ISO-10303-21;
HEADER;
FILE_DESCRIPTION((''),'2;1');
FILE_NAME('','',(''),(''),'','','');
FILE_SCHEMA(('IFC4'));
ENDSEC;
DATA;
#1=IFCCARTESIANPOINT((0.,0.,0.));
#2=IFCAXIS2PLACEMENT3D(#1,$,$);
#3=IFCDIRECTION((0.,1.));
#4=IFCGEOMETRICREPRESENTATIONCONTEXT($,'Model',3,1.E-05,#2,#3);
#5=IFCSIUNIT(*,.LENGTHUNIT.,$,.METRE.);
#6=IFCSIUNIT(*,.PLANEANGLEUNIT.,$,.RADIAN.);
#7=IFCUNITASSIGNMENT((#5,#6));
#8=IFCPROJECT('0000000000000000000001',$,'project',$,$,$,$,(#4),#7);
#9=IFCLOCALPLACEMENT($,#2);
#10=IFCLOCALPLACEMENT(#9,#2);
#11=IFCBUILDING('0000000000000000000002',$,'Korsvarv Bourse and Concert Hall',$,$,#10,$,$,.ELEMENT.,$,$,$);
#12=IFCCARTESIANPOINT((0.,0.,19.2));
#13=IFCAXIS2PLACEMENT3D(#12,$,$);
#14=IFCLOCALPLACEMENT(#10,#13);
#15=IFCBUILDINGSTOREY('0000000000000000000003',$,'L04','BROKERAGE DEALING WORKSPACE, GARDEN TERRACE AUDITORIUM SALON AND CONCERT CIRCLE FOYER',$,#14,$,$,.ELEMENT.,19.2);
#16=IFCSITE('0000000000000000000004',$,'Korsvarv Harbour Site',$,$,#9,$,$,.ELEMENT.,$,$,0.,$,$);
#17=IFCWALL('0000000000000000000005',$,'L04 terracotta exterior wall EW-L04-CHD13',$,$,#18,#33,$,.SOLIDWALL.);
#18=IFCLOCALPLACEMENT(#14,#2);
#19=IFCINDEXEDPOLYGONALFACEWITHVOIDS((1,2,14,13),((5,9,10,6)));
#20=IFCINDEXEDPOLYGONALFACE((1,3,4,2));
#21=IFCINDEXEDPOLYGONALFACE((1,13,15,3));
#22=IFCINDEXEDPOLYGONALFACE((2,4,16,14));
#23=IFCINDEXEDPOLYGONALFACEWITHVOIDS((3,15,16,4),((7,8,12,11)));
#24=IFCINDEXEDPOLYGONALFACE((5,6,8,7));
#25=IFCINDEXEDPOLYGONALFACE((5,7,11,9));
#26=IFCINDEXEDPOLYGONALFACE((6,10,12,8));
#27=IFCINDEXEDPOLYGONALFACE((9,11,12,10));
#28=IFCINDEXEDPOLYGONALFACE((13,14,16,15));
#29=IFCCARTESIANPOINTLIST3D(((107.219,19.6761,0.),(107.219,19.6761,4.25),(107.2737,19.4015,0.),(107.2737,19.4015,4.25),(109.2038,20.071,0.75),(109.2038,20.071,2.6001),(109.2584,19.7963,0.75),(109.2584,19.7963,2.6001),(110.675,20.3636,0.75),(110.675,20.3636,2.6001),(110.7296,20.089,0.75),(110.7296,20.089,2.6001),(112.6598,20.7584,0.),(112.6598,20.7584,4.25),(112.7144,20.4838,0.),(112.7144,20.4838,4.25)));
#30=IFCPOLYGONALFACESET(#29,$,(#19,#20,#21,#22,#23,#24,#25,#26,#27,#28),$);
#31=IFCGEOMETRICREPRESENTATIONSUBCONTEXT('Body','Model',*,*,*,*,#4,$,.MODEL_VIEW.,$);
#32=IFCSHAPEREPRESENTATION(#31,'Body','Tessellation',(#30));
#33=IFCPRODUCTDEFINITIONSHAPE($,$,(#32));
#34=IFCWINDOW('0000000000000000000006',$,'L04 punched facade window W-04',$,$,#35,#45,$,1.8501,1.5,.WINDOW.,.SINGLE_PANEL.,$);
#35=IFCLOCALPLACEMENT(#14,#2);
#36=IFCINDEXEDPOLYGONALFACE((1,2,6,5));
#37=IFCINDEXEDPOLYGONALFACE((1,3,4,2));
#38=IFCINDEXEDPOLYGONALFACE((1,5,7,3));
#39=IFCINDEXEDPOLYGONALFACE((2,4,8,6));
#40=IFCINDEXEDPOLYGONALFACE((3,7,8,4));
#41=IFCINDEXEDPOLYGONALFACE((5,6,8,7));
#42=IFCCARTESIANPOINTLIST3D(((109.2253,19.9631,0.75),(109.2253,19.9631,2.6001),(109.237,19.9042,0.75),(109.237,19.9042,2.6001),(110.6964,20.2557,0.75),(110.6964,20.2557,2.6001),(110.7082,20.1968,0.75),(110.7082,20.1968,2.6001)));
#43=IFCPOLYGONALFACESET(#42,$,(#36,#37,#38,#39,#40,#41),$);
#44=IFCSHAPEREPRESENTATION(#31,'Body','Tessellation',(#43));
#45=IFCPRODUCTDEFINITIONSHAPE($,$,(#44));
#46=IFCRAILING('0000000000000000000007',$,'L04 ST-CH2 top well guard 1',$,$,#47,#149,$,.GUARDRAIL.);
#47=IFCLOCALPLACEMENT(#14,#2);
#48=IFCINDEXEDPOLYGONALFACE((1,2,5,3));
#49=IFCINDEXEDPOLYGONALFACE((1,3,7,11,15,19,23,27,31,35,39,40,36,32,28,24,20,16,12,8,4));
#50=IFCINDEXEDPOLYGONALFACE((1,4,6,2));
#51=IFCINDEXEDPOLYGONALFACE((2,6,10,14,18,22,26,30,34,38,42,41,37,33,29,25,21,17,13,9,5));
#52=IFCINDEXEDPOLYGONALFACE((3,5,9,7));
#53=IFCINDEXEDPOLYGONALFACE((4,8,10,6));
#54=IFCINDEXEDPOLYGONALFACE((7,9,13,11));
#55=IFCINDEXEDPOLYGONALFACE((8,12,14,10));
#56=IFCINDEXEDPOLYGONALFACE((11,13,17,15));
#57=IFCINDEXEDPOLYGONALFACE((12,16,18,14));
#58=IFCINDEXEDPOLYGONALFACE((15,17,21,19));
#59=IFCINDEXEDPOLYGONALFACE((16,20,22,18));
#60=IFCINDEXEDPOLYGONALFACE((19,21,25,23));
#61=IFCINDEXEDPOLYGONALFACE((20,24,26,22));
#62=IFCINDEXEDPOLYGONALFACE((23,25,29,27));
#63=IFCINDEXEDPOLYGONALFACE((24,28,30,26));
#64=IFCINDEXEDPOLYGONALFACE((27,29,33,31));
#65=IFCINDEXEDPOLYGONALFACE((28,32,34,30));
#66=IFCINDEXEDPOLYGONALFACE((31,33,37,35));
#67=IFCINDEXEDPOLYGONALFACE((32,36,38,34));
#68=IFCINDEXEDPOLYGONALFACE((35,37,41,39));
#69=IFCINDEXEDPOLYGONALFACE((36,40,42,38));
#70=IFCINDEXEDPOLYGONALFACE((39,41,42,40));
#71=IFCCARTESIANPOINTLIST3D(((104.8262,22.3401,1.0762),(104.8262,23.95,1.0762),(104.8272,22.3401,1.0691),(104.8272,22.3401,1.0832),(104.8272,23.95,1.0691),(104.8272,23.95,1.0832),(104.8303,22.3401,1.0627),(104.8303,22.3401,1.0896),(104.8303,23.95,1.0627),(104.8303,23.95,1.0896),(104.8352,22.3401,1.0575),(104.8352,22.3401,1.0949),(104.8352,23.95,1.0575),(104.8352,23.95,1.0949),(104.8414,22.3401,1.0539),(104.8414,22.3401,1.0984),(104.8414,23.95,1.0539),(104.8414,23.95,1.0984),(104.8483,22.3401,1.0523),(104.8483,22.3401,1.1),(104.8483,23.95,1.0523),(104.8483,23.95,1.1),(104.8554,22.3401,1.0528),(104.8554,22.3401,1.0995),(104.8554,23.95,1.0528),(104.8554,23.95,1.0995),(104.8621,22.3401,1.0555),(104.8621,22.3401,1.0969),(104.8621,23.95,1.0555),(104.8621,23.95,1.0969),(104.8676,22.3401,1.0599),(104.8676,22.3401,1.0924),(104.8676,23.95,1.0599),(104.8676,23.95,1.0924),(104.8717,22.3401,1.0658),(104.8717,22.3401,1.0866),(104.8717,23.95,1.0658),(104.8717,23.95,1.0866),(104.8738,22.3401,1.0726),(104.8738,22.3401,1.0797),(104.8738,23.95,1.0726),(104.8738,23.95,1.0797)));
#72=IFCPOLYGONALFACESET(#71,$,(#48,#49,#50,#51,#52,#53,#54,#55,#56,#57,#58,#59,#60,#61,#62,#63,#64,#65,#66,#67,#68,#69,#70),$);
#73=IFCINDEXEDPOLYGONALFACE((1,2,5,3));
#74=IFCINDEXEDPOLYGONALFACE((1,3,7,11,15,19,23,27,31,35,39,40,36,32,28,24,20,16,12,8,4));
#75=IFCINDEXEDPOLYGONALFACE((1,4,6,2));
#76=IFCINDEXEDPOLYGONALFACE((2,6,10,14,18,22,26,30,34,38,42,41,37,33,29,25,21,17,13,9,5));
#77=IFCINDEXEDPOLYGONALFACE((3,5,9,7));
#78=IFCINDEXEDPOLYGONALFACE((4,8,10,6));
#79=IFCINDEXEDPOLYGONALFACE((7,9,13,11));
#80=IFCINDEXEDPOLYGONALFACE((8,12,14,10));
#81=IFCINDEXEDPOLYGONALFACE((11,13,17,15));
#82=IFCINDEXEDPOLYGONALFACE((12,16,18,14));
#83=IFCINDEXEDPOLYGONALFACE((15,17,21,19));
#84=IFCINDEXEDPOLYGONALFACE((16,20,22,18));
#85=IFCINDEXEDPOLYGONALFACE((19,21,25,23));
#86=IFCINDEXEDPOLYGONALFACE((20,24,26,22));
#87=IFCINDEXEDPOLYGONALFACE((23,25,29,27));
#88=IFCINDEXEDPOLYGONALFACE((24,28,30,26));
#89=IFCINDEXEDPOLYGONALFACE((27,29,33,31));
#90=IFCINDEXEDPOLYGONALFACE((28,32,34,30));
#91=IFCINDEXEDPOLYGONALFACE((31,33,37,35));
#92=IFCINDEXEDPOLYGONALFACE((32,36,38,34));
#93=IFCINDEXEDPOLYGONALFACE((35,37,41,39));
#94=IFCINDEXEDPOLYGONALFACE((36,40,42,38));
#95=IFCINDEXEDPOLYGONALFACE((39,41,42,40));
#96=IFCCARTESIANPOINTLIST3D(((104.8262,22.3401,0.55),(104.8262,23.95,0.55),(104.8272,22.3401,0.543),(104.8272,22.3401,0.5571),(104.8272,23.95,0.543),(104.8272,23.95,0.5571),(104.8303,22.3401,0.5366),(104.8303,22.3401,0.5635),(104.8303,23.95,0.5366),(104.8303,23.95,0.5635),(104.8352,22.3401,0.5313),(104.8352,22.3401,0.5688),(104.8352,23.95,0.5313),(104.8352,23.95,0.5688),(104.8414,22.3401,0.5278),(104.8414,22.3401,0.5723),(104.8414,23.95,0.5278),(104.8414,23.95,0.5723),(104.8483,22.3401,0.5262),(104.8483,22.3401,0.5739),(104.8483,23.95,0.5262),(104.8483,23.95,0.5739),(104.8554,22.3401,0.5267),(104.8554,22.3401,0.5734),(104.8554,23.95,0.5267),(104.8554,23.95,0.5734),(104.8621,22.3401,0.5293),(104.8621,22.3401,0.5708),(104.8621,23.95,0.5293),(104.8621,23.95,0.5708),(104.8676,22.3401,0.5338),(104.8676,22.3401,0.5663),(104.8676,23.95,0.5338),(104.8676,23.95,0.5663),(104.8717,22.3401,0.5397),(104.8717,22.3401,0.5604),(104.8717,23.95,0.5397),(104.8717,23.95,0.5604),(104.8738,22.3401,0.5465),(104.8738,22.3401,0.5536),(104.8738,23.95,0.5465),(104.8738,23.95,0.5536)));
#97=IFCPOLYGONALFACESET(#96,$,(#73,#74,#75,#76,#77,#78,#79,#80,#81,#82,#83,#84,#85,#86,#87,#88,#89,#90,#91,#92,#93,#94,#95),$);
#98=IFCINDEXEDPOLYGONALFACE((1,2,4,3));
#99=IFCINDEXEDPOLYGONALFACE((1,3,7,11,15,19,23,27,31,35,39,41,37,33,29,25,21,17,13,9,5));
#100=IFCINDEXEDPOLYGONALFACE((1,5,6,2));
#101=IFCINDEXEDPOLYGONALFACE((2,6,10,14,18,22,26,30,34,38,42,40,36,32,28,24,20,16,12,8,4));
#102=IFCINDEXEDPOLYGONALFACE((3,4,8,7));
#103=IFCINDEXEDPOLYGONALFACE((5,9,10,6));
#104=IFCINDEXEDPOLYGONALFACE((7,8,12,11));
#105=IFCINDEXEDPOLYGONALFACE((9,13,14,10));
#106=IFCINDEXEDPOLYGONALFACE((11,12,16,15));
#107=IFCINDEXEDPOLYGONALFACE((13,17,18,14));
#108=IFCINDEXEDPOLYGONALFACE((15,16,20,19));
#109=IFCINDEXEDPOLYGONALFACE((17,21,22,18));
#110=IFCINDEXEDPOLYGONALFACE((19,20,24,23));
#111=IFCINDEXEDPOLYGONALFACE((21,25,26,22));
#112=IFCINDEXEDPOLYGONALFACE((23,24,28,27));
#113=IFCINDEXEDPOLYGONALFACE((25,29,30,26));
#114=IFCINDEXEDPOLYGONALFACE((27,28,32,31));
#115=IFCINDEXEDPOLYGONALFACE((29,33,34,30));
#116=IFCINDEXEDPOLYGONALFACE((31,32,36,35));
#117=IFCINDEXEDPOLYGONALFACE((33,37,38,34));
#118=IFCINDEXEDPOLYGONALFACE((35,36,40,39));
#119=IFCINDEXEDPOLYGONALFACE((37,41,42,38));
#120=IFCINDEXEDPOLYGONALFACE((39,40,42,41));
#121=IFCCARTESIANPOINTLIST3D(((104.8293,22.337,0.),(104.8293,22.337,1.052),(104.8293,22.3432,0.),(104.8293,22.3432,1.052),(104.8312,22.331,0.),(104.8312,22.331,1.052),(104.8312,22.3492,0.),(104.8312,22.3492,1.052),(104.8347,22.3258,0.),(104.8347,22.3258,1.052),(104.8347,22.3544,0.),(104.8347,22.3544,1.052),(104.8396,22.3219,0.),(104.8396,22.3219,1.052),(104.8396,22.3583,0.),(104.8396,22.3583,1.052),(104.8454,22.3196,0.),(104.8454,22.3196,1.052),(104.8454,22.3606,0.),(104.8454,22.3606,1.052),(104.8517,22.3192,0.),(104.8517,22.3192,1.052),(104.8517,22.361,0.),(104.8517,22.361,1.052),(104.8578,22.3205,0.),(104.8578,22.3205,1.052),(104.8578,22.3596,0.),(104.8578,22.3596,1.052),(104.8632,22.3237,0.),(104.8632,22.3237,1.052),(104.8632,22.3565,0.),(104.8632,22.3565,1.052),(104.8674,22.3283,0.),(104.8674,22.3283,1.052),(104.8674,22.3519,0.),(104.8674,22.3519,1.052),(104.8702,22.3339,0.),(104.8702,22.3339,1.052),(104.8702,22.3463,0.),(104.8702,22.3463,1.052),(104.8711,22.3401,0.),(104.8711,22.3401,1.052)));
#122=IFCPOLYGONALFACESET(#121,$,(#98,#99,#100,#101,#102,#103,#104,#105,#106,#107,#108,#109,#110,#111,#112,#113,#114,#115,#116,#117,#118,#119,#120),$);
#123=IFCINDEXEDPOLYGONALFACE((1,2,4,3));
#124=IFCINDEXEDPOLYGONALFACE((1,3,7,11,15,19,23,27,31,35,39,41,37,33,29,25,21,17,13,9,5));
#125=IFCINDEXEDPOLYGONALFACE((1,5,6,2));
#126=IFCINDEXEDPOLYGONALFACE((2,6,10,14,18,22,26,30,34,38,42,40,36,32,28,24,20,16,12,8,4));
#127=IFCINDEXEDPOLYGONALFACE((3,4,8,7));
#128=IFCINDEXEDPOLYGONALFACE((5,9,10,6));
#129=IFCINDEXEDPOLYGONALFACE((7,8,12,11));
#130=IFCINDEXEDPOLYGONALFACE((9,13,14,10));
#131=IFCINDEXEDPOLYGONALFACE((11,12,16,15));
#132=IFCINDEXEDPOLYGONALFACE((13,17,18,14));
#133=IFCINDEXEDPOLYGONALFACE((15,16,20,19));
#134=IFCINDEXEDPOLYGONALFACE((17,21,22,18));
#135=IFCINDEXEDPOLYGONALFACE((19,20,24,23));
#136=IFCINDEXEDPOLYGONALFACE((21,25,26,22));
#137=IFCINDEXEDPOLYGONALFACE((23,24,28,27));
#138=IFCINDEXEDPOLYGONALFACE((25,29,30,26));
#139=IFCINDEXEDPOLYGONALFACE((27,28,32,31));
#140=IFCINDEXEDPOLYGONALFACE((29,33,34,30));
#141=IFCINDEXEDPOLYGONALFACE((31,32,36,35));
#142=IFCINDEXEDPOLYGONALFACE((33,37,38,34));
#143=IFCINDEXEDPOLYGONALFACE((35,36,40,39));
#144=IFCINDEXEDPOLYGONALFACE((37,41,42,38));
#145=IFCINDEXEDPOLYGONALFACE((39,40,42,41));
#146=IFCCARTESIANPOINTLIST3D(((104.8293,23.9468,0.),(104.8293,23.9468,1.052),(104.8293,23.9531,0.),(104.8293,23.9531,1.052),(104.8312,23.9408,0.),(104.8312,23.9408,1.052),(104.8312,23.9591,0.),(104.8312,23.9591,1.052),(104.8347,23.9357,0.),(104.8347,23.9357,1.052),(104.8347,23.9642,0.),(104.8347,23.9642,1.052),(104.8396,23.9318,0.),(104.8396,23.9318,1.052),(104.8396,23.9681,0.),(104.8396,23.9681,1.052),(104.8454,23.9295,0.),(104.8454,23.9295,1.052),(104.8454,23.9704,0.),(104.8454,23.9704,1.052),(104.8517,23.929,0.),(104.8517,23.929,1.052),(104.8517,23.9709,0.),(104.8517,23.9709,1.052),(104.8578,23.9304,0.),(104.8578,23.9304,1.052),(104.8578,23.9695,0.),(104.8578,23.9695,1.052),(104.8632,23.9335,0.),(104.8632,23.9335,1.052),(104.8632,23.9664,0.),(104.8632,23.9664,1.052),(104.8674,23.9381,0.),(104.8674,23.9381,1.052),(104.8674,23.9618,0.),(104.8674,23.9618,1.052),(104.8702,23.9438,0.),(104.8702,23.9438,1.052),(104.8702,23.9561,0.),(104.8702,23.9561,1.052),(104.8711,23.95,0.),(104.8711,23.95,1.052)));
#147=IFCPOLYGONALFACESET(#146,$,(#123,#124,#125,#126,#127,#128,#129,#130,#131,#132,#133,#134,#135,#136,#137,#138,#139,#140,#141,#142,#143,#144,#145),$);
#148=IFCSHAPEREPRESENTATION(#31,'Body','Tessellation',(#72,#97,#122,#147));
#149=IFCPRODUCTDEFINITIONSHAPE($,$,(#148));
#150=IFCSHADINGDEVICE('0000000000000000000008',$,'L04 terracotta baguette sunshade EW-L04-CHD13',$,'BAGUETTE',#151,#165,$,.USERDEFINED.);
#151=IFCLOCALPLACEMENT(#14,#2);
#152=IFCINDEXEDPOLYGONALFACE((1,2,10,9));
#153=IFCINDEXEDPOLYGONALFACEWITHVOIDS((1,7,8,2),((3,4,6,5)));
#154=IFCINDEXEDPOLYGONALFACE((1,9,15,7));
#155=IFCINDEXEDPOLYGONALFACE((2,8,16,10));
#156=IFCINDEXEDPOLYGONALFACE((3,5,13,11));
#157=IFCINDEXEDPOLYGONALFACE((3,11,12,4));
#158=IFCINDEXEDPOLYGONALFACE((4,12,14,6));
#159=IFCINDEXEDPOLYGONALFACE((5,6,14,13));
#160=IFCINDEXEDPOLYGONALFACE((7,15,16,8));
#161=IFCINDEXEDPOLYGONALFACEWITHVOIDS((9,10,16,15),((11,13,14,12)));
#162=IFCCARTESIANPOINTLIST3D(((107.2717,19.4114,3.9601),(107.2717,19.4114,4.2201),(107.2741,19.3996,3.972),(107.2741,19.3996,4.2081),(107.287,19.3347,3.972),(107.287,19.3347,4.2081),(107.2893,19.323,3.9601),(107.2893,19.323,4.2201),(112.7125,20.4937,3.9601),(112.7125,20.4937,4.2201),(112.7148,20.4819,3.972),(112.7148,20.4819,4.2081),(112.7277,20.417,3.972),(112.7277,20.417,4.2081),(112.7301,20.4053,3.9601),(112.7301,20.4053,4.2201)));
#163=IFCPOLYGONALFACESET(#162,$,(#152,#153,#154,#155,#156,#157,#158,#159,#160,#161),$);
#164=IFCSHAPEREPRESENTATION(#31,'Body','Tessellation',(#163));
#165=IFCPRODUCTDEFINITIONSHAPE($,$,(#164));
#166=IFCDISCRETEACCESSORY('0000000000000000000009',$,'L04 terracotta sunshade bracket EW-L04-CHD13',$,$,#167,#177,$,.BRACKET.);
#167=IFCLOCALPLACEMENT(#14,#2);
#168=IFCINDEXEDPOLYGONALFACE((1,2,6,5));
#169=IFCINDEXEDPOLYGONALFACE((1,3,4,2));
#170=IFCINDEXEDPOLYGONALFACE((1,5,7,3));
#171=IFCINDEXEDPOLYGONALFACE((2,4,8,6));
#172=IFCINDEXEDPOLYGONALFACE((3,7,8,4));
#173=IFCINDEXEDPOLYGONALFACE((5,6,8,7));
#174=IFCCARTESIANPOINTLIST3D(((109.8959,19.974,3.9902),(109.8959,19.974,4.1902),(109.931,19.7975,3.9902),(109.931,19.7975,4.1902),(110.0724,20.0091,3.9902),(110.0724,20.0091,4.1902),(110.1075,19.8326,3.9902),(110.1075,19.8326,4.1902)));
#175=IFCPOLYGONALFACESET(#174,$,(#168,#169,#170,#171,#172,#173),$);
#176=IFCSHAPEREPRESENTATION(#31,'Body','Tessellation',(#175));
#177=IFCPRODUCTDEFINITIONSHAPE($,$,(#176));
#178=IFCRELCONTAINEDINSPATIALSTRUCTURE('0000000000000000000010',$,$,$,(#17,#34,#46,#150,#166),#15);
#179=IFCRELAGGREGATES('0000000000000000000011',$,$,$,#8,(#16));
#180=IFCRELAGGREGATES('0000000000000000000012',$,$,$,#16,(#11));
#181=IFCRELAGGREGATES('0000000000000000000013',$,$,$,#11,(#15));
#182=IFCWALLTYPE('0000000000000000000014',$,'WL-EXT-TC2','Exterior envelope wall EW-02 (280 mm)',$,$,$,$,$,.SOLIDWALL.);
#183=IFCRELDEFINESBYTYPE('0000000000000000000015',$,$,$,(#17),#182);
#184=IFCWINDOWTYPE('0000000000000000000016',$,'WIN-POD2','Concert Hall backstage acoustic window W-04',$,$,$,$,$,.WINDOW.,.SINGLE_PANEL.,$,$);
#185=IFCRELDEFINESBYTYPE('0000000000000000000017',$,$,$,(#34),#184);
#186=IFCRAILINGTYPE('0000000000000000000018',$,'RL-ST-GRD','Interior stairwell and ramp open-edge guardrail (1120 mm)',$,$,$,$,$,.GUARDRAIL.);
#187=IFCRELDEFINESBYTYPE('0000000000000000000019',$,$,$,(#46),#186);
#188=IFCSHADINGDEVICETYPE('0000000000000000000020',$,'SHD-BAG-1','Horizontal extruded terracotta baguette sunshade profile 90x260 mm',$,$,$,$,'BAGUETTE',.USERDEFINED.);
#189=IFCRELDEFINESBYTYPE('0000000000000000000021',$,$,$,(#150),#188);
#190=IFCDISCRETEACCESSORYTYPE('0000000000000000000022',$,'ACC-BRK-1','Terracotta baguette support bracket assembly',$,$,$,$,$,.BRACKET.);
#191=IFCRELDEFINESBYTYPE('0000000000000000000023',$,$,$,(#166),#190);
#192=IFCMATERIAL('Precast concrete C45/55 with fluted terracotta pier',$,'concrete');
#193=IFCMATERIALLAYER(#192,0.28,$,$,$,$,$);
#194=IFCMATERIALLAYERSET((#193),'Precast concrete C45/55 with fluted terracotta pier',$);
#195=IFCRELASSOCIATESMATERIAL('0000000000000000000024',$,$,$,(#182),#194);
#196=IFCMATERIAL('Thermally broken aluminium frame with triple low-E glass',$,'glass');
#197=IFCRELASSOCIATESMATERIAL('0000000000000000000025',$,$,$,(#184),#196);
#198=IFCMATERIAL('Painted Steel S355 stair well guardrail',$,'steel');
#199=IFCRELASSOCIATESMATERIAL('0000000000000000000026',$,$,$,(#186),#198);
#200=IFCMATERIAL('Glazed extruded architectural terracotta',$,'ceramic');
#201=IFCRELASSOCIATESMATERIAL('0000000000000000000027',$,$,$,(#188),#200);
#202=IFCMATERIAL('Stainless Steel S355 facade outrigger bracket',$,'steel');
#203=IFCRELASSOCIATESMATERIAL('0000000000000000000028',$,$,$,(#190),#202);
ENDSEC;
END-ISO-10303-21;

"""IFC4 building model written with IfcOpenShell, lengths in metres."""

from ifc_helpers import new_model, si_unit, direction, frame, frame_2d, origin, origin_2d, place, context, subcontext, project, spatial, rectangle, hollow_rectangle, circle, extrude, source, transform, mapped, material, layer, layer_set, material_profile, profile_set, type_object, element, fill, save


model = new_model("IFC4")

# Units and contexts
model_context = context("Model", 3, precision=1e-05, world=origin(), true_north=direction((0.0, 1.0)))
body_context = subcontext(model_context, "Body", "Model", "MODEL_VIEW")
ifc_project = project(units=[si_unit("LENGTHUNIT", "METRE"), si_unit("PLANEANGLEUNIT", "RADIAN")], contexts=[model_context])

# Site, building, storey
site_placement = place(None, origin())
site = spatial("IfcSite", under=ifc_project, at=site_placement, Name="Korsvarv Harbour Site", CompositionType="ELEMENT", RefElevation=0.0)
building_placement = place(site_placement, origin())
building = spatial("IfcBuilding", under=site, at=building_placement, Name="Korsvarv Bourse and Concert Hall", CompositionType="ELEMENT")
storey_placement = place(building_placement, frame((0.0, 0.0, 19.2)))
storey = spatial("IfcBuildingStorey", under=building, at=storey_placement, Name="L04", Description="BROKERAGE DEALING WORKSPACE, GARDEN TERRACE AUDITORIUM SALON AND CONCERT CIRCLE FOYER", CompositionType="ELEMENT", Elevation=19.2)

# Wall, opening, window
ifc_material_1 = material(Name="Precast concrete C45/55 with fluted terracotta pier", Category="concrete")
ifc_layer_1 = layer(ifc_material_1, 0.28)
ifc_layer_set_1 = layer_set([ifc_layer_1], Name="Precast concrete C45/55 with fluted terracotta pier")
wall_type_1 = type_object("IfcWallType", Name="WL-EXT-TC2", Description="Exterior envelope wall EW-02 (280 mm)", PredefinedType="SOLIDWALL", material=ifc_layer_set_1)
wall_1_placement = place(storey_placement, frame((107.2463, 19.5388, 0.0), z_axis=(0.0, 0.0, 1.0), x_axis=(0.980783, 0.1951, 0.0)))
wall_1 = element("IfcWall", 1, at=wall_1_placement, inside=storey, type_object=wall_type_1, Name="L04 terracotta exterior wall EW-L04-CHD13", PredefinedType="SOLIDWALL", context=body_context, shape_type="SweptSolid", body=[
    extrude(rectangle(XDim=5.5474, YDim=0.28, at=frame_2d((2.7737, 0.0))), origin(), (0.0, 0.0, 1.0), 4.25),
])
opening_placement = place(wall_1_placement, frame((2.0237, 0.0, 0.75)))
opening = element("IfcOpeningElement", 2, at=opening_placement, cuts=wall_1, PredefinedType="OPENING", context=body_context, shape_type="SweptSolid", body=[
    extrude(rectangle(XDim=1.5, YDim=1.8501, at=frame_2d((0.75, 0.925))), frame((0.0, 0.1499, 0.0), z_axis=(0.0, -1.0, 0.0), x_axis=(1.0, 0.0, 0.0)), (0.0, 0.0, 1.0), 0.3),
])
ifc_material_2 = material(Name="Thermally broken aluminium frame with triple low-E glass", Category="glass")
window_type = type_object("IfcWindowType", Name="WIN-POD2", Description="Concert Hall backstage acoustic window W-04", PartitioningType="SINGLE_PANEL", PredefinedType="WINDOW", material=ifc_material_2)
window_placement = place(opening_placement, origin())
window = element("IfcWindow", 3, at=window_placement, inside=storey, type_object=window_type, Name="L04 punched facade window W-04", OverallHeight=1.8501, OverallWidth=1.5, PartitioningType="SINGLE_PANEL", PredefinedType="WINDOW", context=body_context, shape_type="SweptSolid", body=[
    extrude(rectangle(XDim=1.5, YDim=1.8501, at=frame_2d((0.75, 0.925))), frame((0.0, 0.03, 0.0), z_axis=(0.0, -1.0, 0.0), x_axis=(1.0, 0.0, 0.0)), (0.0, 0.0, 1.0), 0.0601),
])
fill(opening, window)

# Railing
ifc_material_3 = material(Name="Painted Steel S355 stair well guardrail", Category="steel")
railing_type = type_object("IfcRailingType", Name="RL-ST-GRD", Description="Interior stairwell and ramp open-edge guardrail (1120 mm)", PredefinedType="GUARDRAIL", material=ifc_material_3)
railing_placement = place(storey_placement, frame((104.8501, 22.3401, 0.0)))
element("IfcRailing", 4, at=railing_placement, inside=storey, type_object=railing_type, Name="L04 ST-CH2 top well guard 1", PredefinedType="GUARDRAIL", context=body_context, shape_type="SweptSolid", body=[
    extrude(circle(Radius=0.0239, at=origin_2d()), frame((0.0, 0.0, 1.0762), z_axis=(0.0, 1.0, 0.0), x_axis=(-1.0, 0.0, 0.0)), (0.0, 0.0, 1.0), 1.6099),
    extrude(circle(Radius=0.0239, at=origin_2d()), frame((0.0, 0.0, 0.55), z_axis=(0.0, 1.0, 0.0), x_axis=(-1.0, 0.0, 0.0)), (0.0, 0.0, 1.0), 1.6099),
    extrude(circle(Radius=0.021, at=origin_2d()), origin(), (0.0, 0.0, 1.0), 1.052),
    extrude(circle(Radius=0.021, at=origin_2d()), frame((0.0, 1.6099, 0.0)), (0.0, 0.0, 1.0), 1.052),
])

# Shading device
ifc_material_4 = material(Name="Glazed extruded architectural terracotta", Category="ceramic")
ifc_material_profile_1 = material_profile(ifc_material_4, hollow_rectangle(XDim=0.0901, YDim=0.26, WallThickness=0.012, at=origin_2d()), Name="TC-BAG 90x260")
ifc_profile_set_1 = profile_set([ifc_material_profile_1], Name="Glazed extruded architectural terracotta")
shading_device_type = type_object("IfcShadingDeviceType", Name="SHD-BAG-1", Description="Horizontal extruded terracotta baguette sunshade profile 90x260 mm", ElementType="BAGUETTE", PredefinedType="USERDEFINED", material=ifc_profile_set_1)
shared_shape_1 = source(origin(), body_context, "Body", "SweptSolid", [
    extrude(hollow_rectangle(XDim=0.0901, YDim=0.26, WallThickness=0.012, at=origin_2d()), origin(), (0.0, 0.0, 1.0), 5.5474),
])
shading_device_placement = place(storey_placement, frame((107.2805, 19.3672, 4.0901), z_axis=(0.980783, 0.1951, 0.0), x_axis=(-0.1951, 0.980783, 0.0)))
element("IfcShadingDevice", 5, at=shading_device_placement, inside=storey, type_object=shading_device_type, Name="L04 terracotta baguette sunshade EW-L04-CHD13", ObjectType="BAGUETTE", PredefinedType="USERDEFINED", context=body_context, shape_type="MappedRepresentation", body=[
    mapped(shared_shape_1, transform((0.0, 0.0, 0.0), scale=1.0)),
])

# Discrete accessory
ifc_material_5 = material(Name="Stainless Steel S355 facade outrigger bracket", Category="steel")
discrete_accessory_type = type_object("IfcDiscreteAccessoryType", Name="ACC-BRK-1", Description="Terracotta baguette support bracket assembly", PredefinedType="BRACKET", material=ifc_material_5)
shared_shape_2 = source(origin(), body_context, "Body", "SweptSolid", [
    extrude(rectangle(XDim=0.1799, YDim=0.1799, at=origin_2d()), origin(), (0.0, 0.0, 1.0), 0.2),
])
discrete_accessory_placement = place(storey_placement, frame((110.0017, 19.9033, 3.9902), z_axis=(0.0, 0.0, 1.0), x_axis=(0.980785, 0.19509, 0.0)))
element("IfcDiscreteAccessory", 6, at=discrete_accessory_placement, inside=storey, type_object=discrete_accessory_type, Name="L04 terracotta sunshade bracket EW-L04-CHD13", PredefinedType="BRACKET", context=body_context, shape_type="MappedRepresentation", body=[
    mapped(shared_shape_2, transform((0.0, 0.0, 0.0), scale=1.0)),
])

save(model, "model.ifc")
